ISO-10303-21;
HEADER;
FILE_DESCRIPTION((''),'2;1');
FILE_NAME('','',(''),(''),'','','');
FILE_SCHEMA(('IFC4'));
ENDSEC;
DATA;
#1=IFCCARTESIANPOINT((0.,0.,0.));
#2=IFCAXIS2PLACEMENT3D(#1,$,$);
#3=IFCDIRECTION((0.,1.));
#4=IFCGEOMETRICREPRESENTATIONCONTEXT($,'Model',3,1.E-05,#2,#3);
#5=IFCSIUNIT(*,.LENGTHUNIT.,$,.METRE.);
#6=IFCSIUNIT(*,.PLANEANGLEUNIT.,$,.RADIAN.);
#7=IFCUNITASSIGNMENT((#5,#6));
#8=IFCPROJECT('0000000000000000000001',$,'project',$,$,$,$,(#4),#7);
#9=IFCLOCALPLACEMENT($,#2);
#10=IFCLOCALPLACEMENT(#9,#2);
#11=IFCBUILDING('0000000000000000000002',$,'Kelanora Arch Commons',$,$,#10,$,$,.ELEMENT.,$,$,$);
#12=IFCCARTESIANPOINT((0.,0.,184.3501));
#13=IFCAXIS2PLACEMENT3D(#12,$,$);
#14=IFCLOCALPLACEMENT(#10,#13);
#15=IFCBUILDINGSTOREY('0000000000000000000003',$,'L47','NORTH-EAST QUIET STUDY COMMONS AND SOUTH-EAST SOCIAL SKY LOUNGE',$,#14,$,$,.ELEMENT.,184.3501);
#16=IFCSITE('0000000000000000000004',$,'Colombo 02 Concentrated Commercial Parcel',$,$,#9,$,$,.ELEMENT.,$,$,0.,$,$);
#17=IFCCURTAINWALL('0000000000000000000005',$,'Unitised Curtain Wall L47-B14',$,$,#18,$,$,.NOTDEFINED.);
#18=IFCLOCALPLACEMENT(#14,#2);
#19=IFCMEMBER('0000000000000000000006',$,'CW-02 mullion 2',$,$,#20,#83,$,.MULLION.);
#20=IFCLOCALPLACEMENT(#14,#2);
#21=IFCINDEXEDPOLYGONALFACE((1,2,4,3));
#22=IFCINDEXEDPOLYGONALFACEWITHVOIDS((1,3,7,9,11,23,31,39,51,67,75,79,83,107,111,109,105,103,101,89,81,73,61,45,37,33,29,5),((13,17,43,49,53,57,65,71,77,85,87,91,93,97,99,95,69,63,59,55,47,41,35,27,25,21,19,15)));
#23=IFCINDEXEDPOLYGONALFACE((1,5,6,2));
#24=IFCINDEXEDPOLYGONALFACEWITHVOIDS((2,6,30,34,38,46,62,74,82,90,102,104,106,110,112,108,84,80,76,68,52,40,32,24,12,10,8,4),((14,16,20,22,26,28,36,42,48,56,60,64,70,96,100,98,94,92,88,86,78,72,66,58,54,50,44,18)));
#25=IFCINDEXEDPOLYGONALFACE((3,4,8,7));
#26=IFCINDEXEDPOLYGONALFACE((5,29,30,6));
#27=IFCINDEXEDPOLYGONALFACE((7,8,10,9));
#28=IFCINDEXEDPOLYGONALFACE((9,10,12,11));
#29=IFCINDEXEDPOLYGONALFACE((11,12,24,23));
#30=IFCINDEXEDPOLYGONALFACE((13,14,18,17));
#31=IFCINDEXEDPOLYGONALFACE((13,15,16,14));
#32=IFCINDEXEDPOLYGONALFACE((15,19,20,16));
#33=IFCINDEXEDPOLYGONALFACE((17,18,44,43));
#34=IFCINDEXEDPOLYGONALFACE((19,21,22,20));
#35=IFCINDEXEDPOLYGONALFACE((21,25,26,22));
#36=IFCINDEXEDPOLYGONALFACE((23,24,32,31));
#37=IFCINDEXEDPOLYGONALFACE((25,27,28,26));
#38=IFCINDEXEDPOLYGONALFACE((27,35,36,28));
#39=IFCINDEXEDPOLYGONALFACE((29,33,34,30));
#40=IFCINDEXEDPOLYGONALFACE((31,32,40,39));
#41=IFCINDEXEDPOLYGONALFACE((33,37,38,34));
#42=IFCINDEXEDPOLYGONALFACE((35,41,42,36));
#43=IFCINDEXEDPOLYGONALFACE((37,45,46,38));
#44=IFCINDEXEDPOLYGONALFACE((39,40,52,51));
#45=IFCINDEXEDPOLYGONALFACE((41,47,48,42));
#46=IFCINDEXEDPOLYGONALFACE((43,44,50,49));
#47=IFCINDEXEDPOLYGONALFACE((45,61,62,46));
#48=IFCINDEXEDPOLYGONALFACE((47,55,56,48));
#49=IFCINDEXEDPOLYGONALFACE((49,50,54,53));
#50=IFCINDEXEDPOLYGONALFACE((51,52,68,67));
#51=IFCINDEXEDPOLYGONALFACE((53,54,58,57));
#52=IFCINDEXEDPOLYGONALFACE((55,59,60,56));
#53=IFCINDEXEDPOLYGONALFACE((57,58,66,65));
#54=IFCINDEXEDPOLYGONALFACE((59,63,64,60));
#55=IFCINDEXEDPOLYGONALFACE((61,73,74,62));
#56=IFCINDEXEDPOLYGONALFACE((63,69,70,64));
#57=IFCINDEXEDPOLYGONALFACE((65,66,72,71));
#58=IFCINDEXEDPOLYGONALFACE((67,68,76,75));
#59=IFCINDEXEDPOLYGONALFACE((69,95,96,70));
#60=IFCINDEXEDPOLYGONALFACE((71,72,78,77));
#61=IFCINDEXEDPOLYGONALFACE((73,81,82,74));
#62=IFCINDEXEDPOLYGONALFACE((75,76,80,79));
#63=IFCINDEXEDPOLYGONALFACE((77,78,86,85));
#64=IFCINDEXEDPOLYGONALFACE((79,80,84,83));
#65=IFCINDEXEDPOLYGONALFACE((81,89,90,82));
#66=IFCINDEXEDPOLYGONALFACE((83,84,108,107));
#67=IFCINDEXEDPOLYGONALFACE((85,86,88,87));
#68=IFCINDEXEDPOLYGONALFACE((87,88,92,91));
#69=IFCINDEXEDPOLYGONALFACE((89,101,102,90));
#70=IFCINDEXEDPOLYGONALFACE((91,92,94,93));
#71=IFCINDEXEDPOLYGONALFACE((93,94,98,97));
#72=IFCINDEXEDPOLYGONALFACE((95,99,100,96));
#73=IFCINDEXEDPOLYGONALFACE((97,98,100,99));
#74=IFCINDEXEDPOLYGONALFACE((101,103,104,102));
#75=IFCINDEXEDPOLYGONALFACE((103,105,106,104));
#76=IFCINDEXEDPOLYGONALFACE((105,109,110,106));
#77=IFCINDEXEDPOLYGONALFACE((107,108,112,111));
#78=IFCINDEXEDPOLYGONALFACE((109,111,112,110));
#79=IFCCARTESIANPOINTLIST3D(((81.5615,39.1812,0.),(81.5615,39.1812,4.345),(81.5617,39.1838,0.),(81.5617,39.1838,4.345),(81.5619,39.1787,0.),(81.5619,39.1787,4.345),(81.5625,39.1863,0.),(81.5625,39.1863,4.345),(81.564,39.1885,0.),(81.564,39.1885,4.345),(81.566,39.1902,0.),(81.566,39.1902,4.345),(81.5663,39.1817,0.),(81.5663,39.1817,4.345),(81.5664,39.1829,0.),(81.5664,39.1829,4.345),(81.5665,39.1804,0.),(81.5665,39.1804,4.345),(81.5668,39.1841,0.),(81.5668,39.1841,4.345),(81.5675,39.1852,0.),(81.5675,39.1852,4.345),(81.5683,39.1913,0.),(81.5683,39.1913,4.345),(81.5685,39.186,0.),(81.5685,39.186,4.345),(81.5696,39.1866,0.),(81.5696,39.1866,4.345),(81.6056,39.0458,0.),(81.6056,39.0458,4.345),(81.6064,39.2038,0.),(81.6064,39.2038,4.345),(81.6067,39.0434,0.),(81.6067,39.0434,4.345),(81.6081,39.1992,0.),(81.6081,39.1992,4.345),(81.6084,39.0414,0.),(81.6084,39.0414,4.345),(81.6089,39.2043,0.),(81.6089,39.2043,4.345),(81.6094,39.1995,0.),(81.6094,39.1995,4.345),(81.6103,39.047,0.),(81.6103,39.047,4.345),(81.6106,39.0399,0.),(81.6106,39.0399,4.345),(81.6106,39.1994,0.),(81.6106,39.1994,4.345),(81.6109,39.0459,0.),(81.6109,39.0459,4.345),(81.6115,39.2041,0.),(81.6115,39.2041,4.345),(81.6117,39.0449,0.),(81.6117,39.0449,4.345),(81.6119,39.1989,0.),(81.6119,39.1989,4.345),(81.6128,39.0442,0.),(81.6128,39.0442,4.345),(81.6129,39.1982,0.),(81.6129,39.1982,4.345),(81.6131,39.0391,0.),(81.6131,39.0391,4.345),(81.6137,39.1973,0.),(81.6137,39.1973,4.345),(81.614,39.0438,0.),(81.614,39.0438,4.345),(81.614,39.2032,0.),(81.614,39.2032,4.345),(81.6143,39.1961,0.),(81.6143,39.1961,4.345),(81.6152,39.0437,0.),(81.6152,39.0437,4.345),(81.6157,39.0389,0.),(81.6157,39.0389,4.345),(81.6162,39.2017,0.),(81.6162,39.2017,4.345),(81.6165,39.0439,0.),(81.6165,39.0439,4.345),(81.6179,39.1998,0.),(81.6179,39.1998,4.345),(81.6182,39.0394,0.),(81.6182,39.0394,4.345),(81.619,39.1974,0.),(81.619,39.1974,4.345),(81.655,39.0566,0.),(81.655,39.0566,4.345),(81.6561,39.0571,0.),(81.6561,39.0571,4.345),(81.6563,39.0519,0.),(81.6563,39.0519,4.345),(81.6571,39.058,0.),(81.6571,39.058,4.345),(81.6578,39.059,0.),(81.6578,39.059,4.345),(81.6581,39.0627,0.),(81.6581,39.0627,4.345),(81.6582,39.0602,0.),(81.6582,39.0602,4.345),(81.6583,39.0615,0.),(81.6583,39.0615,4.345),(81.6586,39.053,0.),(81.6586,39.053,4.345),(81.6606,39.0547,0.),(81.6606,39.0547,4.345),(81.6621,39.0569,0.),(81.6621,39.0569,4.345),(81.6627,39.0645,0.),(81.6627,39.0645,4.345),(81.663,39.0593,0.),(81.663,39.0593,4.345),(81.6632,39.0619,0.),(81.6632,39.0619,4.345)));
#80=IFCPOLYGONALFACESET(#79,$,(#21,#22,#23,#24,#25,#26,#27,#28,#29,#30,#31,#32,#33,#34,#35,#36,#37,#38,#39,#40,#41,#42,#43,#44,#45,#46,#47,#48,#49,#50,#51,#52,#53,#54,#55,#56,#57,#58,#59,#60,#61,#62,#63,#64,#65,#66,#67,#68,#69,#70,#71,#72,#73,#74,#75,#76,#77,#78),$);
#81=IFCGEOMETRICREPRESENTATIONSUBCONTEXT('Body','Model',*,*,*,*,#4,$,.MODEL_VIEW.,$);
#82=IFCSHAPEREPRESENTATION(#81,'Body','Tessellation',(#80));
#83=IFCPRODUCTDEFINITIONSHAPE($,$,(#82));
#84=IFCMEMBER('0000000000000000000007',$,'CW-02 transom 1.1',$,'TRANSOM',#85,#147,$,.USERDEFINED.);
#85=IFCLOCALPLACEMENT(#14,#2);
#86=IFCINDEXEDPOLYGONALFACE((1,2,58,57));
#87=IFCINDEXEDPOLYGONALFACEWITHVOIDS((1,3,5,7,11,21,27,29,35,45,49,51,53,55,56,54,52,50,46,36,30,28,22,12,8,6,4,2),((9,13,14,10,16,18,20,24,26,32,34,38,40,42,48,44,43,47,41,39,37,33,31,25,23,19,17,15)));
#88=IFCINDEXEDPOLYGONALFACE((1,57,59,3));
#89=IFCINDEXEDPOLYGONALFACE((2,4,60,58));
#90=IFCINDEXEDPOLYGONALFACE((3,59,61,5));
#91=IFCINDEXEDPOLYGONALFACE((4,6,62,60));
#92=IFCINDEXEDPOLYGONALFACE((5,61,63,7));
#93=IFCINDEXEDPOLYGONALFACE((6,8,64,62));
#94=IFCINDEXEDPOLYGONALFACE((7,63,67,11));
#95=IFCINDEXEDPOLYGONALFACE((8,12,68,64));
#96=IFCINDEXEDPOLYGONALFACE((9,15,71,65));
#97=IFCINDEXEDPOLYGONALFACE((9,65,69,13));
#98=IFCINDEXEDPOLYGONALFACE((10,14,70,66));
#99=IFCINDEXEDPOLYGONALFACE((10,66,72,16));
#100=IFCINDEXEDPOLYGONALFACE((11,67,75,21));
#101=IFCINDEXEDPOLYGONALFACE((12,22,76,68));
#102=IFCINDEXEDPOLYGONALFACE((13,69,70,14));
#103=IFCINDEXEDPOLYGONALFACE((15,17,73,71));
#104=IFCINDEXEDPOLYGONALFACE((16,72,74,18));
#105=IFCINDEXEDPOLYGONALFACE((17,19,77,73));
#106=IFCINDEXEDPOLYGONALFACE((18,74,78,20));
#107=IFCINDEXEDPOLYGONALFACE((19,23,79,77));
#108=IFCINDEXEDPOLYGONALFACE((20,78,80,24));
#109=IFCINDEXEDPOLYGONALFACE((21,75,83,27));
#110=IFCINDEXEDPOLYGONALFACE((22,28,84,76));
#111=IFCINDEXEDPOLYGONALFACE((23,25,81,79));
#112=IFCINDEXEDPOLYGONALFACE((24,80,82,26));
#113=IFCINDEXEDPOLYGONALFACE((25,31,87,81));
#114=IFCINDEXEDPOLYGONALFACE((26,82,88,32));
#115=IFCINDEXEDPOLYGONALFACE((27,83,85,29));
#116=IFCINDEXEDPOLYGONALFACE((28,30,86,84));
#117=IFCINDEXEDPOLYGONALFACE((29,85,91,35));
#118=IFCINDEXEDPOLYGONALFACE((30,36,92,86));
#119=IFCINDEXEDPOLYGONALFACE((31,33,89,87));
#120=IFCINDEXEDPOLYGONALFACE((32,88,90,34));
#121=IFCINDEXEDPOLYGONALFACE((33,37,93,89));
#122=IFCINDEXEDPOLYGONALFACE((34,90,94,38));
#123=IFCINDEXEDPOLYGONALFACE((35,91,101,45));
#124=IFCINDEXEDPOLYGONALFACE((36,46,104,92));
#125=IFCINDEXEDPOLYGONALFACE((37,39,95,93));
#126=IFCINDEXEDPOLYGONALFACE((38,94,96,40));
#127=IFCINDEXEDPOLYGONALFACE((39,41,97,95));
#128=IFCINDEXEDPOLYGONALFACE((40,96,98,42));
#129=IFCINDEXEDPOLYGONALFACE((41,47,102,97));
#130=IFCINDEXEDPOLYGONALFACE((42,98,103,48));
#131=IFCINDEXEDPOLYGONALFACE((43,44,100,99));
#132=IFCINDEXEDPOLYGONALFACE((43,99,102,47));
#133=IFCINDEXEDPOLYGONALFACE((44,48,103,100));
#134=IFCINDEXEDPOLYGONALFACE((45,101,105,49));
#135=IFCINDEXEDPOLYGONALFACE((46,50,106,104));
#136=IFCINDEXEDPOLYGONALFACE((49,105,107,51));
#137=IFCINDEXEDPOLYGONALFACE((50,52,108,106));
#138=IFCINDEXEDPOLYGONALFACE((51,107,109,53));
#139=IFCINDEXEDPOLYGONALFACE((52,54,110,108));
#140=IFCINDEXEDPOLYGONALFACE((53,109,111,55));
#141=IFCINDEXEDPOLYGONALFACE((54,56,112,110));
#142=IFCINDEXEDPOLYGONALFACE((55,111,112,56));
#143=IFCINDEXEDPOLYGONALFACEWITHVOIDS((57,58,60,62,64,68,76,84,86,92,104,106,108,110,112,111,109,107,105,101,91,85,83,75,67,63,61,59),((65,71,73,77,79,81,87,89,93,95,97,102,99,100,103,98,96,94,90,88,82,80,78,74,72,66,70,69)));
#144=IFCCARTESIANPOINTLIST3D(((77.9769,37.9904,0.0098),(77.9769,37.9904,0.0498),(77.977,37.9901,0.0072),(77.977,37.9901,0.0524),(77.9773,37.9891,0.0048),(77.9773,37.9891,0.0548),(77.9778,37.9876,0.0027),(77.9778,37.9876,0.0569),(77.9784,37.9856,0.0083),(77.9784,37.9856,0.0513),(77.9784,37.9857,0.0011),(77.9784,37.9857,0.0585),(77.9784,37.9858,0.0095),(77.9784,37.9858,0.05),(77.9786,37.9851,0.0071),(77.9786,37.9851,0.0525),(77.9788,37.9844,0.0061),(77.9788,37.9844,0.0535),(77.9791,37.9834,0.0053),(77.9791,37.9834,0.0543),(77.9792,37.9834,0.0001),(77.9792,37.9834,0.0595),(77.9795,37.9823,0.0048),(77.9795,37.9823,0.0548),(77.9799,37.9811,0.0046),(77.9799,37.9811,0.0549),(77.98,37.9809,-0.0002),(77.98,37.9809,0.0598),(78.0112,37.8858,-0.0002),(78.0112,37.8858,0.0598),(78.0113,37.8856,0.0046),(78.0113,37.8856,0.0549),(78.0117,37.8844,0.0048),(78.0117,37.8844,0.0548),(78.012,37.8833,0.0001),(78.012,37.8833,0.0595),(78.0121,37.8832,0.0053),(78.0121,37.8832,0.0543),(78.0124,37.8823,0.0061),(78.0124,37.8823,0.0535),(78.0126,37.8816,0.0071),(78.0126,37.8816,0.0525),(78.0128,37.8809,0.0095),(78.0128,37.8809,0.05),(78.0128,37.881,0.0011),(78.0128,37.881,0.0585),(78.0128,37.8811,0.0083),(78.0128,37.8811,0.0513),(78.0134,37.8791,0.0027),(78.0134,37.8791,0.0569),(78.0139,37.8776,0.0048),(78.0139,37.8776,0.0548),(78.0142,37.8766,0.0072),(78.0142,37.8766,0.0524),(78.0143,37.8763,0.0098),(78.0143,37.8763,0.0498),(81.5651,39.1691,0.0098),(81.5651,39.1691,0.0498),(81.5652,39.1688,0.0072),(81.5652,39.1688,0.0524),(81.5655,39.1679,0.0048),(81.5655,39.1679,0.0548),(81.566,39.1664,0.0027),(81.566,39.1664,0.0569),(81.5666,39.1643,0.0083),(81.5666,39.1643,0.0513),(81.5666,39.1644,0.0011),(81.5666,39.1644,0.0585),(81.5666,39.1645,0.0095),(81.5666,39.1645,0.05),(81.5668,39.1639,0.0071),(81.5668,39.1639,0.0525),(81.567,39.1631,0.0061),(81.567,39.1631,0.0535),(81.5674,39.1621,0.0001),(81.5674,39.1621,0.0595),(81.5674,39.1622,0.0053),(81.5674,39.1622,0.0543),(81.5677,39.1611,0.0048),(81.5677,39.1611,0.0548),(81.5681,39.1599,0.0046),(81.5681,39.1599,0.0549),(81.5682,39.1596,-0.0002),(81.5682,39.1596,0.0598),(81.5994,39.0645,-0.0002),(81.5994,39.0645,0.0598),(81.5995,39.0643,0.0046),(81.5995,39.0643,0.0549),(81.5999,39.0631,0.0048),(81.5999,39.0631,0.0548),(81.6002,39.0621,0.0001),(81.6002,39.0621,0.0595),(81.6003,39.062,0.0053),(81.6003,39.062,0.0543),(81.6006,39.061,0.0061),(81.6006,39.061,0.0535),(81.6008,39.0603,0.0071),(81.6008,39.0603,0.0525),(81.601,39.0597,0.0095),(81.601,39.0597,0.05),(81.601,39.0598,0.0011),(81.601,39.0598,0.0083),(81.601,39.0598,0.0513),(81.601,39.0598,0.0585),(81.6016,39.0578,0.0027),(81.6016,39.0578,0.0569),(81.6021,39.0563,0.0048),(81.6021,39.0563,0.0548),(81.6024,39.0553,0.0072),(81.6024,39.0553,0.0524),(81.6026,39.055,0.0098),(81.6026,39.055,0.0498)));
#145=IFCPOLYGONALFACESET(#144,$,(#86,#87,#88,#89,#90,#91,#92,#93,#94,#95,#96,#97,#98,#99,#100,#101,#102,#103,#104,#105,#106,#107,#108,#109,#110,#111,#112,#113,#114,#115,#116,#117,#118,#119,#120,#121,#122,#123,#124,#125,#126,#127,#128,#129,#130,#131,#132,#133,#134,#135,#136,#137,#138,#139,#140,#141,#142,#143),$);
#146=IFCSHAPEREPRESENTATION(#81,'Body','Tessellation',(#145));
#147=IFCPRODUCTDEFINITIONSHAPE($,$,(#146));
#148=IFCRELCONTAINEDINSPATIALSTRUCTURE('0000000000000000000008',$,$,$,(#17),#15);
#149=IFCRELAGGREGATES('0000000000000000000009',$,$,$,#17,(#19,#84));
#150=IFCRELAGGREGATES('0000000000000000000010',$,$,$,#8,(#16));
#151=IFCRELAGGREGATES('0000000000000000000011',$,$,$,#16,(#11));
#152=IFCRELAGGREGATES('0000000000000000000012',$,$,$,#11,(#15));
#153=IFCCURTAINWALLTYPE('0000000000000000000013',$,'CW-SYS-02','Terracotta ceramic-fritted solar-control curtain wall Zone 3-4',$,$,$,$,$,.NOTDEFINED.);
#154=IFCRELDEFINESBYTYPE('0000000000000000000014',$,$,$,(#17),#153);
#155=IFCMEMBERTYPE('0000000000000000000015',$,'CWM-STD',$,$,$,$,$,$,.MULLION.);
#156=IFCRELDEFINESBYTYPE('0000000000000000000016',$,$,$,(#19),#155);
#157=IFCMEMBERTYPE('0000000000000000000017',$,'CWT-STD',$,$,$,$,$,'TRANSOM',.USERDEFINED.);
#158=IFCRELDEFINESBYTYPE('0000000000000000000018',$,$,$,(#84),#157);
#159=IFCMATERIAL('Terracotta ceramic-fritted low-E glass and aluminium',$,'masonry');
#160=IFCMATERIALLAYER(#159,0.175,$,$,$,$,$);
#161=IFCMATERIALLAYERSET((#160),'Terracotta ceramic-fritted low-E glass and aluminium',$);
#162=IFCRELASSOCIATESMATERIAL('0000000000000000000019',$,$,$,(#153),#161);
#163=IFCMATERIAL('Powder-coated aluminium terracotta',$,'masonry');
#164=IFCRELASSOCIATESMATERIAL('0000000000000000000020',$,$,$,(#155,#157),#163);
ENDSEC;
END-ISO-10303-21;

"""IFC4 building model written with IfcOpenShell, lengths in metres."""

from ifc_helpers import new_model, si_unit, direction, frame, origin, origin_2d, place, context, subcontext, project, spatial, hollow_rectangle, extrude, material, layer, layer_set, material_profile, profile_set, type_object, element, aggregate, save


model = new_model("IFC4")

# Units and contexts
model_context = context("Model", 3, precision=1e-05, world=origin(), true_north=direction((0.0, 1.0)))
body_context = subcontext(model_context, "Body", "Model", "MODEL_VIEW")
ifc_project = project(units=[si_unit("LENGTHUNIT", "METRE"), si_unit("PLANEANGLEUNIT", "RADIAN")], contexts=[model_context])

# Site, building, storey
site_placement = place(None, origin())
site = spatial("IfcSite", under=ifc_project, at=site_placement, Name="Colombo 02 Concentrated Commercial Parcel", CompositionType="ELEMENT", RefElevation=0.0)
building_placement = place(site_placement, origin())
building = spatial("IfcBuilding", under=site, at=building_placement, Name="Kelanora Arch Commons", CompositionType="ELEMENT")
storey_placement = place(building_placement, frame((0.0, 0.0, 184.3501)))
storey = spatial("IfcBuildingStorey", under=building, at=storey_placement, Name="L47", Description="NORTH-EAST QUIET STUDY COMMONS AND SOUTH-EAST SOCIAL SKY LOUNGE", CompositionType="ELEMENT", Elevation=184.3501)

# Curtain wall, members
ifc_material_1 = material(Name="Terracotta ceramic-fritted low-E glass and aluminium", Category="masonry")
ifc_layer_1 = layer(ifc_material_1, 0.175)
ifc_layer_set_1 = layer_set([ifc_layer_1], Name="Terracotta ceramic-fritted low-E glass and aluminium")
curtain_wall_type = type_object("IfcCurtainWallType", Name="CW-SYS-02", Description="Terracotta ceramic-fritted solar-control curtain wall Zone 3-4", PredefinedType="NOTDEFINED", material=ifc_layer_set_1)
curtain_wall_placement = place(storey_placement, origin())
curtain_wall = element("IfcCurtainWall", 1, at=curtain_wall_placement, inside=storey, type_object=curtain_wall_type, Name="Unitised Curtain Wall L47-B14", PredefinedType="NOTDEFINED")
ifc_material_2 = material(Name="Powder-coated aluminium terracotta", Category="masonry")
ifc_material_profile_1 = material_profile(ifc_material_2, hollow_rectangle(XDim=0.1599, YDim=0.0601, WallThickness=0.0049, InnerFilletRadius=0.0049, OuterFilletRadius=0.01, at=origin_2d()), Name="CWM160x60")
ifc_profile_set_1 = profile_set([ifc_material_profile_1], Name="Powder-coated aluminium terracotta")
member_type_1 = type_object("IfcMemberType", Name="CWM-STD", PredefinedType="MULLION", material=ifc_profile_set_1)
member_1_placement = place(storey_placement, frame((81.6123, 39.1216, 0.0), z_axis=(0.0, 0.0, 1.0), x_axis=(-0.312128, 0.95004, 0.0)))
member_1 = element("IfcMember", 2, at=member_1_placement, type_object=member_type_1, Name="CW-02 mullion 2", PredefinedType="MULLION", context=body_context, shape_type="SweptSolid", body=[
    extrude(hollow_rectangle(XDim=0.1599, YDim=0.0601, WallThickness=0.0049, InnerFilletRadius=0.0049, OuterFilletRadius=0.01, at=origin_2d()), origin(), (0.0, 0.0, 1.0), 4.345),
])
ifc_material_profile_2 = material_profile(ifc_material_2, hollow_rectangle(XDim=0.1201, YDim=0.0601, WallThickness=0.0049, InnerFilletRadius=0.0049, OuterFilletRadius=0.01, at=origin_2d()), Name="CWT120x60")
ifc_profile_set_2 = profile_set([ifc_material_profile_2], Name="Powder-coated aluminium terracotta")
member_type_2 = type_object("IfcMemberType", Name="CWT-STD", ElementType="TRANSOM", PredefinedType="USERDEFINED", material=ifc_profile_set_2)
member_2_placement = place(storey_placement, frame((77.9956, 37.9333, 0.0298), z_axis=(0.950051, 0.312094, 0.0), x_axis=(-0.312094, 0.950051, 0.0)))
member_2 = element("IfcMember", 3, at=member_2_placement, type_object=member_type_2, Name="CW-02 transom 1.1", ObjectType="TRANSOM", PredefinedType="USERDEFINED", context=body_context, shape_type="SweptSolid", body=[
    extrude(hollow_rectangle(XDim=0.1201, YDim=0.0601, WallThickness=0.0049, InnerFilletRadius=0.0049, OuterFilletRadius=0.01, at=origin_2d()), origin(), (0.0, 0.0, 1.0), 3.7769),
])
aggregate(curtain_wall, [member_1, member_2])

save(model, "model.ifc")
